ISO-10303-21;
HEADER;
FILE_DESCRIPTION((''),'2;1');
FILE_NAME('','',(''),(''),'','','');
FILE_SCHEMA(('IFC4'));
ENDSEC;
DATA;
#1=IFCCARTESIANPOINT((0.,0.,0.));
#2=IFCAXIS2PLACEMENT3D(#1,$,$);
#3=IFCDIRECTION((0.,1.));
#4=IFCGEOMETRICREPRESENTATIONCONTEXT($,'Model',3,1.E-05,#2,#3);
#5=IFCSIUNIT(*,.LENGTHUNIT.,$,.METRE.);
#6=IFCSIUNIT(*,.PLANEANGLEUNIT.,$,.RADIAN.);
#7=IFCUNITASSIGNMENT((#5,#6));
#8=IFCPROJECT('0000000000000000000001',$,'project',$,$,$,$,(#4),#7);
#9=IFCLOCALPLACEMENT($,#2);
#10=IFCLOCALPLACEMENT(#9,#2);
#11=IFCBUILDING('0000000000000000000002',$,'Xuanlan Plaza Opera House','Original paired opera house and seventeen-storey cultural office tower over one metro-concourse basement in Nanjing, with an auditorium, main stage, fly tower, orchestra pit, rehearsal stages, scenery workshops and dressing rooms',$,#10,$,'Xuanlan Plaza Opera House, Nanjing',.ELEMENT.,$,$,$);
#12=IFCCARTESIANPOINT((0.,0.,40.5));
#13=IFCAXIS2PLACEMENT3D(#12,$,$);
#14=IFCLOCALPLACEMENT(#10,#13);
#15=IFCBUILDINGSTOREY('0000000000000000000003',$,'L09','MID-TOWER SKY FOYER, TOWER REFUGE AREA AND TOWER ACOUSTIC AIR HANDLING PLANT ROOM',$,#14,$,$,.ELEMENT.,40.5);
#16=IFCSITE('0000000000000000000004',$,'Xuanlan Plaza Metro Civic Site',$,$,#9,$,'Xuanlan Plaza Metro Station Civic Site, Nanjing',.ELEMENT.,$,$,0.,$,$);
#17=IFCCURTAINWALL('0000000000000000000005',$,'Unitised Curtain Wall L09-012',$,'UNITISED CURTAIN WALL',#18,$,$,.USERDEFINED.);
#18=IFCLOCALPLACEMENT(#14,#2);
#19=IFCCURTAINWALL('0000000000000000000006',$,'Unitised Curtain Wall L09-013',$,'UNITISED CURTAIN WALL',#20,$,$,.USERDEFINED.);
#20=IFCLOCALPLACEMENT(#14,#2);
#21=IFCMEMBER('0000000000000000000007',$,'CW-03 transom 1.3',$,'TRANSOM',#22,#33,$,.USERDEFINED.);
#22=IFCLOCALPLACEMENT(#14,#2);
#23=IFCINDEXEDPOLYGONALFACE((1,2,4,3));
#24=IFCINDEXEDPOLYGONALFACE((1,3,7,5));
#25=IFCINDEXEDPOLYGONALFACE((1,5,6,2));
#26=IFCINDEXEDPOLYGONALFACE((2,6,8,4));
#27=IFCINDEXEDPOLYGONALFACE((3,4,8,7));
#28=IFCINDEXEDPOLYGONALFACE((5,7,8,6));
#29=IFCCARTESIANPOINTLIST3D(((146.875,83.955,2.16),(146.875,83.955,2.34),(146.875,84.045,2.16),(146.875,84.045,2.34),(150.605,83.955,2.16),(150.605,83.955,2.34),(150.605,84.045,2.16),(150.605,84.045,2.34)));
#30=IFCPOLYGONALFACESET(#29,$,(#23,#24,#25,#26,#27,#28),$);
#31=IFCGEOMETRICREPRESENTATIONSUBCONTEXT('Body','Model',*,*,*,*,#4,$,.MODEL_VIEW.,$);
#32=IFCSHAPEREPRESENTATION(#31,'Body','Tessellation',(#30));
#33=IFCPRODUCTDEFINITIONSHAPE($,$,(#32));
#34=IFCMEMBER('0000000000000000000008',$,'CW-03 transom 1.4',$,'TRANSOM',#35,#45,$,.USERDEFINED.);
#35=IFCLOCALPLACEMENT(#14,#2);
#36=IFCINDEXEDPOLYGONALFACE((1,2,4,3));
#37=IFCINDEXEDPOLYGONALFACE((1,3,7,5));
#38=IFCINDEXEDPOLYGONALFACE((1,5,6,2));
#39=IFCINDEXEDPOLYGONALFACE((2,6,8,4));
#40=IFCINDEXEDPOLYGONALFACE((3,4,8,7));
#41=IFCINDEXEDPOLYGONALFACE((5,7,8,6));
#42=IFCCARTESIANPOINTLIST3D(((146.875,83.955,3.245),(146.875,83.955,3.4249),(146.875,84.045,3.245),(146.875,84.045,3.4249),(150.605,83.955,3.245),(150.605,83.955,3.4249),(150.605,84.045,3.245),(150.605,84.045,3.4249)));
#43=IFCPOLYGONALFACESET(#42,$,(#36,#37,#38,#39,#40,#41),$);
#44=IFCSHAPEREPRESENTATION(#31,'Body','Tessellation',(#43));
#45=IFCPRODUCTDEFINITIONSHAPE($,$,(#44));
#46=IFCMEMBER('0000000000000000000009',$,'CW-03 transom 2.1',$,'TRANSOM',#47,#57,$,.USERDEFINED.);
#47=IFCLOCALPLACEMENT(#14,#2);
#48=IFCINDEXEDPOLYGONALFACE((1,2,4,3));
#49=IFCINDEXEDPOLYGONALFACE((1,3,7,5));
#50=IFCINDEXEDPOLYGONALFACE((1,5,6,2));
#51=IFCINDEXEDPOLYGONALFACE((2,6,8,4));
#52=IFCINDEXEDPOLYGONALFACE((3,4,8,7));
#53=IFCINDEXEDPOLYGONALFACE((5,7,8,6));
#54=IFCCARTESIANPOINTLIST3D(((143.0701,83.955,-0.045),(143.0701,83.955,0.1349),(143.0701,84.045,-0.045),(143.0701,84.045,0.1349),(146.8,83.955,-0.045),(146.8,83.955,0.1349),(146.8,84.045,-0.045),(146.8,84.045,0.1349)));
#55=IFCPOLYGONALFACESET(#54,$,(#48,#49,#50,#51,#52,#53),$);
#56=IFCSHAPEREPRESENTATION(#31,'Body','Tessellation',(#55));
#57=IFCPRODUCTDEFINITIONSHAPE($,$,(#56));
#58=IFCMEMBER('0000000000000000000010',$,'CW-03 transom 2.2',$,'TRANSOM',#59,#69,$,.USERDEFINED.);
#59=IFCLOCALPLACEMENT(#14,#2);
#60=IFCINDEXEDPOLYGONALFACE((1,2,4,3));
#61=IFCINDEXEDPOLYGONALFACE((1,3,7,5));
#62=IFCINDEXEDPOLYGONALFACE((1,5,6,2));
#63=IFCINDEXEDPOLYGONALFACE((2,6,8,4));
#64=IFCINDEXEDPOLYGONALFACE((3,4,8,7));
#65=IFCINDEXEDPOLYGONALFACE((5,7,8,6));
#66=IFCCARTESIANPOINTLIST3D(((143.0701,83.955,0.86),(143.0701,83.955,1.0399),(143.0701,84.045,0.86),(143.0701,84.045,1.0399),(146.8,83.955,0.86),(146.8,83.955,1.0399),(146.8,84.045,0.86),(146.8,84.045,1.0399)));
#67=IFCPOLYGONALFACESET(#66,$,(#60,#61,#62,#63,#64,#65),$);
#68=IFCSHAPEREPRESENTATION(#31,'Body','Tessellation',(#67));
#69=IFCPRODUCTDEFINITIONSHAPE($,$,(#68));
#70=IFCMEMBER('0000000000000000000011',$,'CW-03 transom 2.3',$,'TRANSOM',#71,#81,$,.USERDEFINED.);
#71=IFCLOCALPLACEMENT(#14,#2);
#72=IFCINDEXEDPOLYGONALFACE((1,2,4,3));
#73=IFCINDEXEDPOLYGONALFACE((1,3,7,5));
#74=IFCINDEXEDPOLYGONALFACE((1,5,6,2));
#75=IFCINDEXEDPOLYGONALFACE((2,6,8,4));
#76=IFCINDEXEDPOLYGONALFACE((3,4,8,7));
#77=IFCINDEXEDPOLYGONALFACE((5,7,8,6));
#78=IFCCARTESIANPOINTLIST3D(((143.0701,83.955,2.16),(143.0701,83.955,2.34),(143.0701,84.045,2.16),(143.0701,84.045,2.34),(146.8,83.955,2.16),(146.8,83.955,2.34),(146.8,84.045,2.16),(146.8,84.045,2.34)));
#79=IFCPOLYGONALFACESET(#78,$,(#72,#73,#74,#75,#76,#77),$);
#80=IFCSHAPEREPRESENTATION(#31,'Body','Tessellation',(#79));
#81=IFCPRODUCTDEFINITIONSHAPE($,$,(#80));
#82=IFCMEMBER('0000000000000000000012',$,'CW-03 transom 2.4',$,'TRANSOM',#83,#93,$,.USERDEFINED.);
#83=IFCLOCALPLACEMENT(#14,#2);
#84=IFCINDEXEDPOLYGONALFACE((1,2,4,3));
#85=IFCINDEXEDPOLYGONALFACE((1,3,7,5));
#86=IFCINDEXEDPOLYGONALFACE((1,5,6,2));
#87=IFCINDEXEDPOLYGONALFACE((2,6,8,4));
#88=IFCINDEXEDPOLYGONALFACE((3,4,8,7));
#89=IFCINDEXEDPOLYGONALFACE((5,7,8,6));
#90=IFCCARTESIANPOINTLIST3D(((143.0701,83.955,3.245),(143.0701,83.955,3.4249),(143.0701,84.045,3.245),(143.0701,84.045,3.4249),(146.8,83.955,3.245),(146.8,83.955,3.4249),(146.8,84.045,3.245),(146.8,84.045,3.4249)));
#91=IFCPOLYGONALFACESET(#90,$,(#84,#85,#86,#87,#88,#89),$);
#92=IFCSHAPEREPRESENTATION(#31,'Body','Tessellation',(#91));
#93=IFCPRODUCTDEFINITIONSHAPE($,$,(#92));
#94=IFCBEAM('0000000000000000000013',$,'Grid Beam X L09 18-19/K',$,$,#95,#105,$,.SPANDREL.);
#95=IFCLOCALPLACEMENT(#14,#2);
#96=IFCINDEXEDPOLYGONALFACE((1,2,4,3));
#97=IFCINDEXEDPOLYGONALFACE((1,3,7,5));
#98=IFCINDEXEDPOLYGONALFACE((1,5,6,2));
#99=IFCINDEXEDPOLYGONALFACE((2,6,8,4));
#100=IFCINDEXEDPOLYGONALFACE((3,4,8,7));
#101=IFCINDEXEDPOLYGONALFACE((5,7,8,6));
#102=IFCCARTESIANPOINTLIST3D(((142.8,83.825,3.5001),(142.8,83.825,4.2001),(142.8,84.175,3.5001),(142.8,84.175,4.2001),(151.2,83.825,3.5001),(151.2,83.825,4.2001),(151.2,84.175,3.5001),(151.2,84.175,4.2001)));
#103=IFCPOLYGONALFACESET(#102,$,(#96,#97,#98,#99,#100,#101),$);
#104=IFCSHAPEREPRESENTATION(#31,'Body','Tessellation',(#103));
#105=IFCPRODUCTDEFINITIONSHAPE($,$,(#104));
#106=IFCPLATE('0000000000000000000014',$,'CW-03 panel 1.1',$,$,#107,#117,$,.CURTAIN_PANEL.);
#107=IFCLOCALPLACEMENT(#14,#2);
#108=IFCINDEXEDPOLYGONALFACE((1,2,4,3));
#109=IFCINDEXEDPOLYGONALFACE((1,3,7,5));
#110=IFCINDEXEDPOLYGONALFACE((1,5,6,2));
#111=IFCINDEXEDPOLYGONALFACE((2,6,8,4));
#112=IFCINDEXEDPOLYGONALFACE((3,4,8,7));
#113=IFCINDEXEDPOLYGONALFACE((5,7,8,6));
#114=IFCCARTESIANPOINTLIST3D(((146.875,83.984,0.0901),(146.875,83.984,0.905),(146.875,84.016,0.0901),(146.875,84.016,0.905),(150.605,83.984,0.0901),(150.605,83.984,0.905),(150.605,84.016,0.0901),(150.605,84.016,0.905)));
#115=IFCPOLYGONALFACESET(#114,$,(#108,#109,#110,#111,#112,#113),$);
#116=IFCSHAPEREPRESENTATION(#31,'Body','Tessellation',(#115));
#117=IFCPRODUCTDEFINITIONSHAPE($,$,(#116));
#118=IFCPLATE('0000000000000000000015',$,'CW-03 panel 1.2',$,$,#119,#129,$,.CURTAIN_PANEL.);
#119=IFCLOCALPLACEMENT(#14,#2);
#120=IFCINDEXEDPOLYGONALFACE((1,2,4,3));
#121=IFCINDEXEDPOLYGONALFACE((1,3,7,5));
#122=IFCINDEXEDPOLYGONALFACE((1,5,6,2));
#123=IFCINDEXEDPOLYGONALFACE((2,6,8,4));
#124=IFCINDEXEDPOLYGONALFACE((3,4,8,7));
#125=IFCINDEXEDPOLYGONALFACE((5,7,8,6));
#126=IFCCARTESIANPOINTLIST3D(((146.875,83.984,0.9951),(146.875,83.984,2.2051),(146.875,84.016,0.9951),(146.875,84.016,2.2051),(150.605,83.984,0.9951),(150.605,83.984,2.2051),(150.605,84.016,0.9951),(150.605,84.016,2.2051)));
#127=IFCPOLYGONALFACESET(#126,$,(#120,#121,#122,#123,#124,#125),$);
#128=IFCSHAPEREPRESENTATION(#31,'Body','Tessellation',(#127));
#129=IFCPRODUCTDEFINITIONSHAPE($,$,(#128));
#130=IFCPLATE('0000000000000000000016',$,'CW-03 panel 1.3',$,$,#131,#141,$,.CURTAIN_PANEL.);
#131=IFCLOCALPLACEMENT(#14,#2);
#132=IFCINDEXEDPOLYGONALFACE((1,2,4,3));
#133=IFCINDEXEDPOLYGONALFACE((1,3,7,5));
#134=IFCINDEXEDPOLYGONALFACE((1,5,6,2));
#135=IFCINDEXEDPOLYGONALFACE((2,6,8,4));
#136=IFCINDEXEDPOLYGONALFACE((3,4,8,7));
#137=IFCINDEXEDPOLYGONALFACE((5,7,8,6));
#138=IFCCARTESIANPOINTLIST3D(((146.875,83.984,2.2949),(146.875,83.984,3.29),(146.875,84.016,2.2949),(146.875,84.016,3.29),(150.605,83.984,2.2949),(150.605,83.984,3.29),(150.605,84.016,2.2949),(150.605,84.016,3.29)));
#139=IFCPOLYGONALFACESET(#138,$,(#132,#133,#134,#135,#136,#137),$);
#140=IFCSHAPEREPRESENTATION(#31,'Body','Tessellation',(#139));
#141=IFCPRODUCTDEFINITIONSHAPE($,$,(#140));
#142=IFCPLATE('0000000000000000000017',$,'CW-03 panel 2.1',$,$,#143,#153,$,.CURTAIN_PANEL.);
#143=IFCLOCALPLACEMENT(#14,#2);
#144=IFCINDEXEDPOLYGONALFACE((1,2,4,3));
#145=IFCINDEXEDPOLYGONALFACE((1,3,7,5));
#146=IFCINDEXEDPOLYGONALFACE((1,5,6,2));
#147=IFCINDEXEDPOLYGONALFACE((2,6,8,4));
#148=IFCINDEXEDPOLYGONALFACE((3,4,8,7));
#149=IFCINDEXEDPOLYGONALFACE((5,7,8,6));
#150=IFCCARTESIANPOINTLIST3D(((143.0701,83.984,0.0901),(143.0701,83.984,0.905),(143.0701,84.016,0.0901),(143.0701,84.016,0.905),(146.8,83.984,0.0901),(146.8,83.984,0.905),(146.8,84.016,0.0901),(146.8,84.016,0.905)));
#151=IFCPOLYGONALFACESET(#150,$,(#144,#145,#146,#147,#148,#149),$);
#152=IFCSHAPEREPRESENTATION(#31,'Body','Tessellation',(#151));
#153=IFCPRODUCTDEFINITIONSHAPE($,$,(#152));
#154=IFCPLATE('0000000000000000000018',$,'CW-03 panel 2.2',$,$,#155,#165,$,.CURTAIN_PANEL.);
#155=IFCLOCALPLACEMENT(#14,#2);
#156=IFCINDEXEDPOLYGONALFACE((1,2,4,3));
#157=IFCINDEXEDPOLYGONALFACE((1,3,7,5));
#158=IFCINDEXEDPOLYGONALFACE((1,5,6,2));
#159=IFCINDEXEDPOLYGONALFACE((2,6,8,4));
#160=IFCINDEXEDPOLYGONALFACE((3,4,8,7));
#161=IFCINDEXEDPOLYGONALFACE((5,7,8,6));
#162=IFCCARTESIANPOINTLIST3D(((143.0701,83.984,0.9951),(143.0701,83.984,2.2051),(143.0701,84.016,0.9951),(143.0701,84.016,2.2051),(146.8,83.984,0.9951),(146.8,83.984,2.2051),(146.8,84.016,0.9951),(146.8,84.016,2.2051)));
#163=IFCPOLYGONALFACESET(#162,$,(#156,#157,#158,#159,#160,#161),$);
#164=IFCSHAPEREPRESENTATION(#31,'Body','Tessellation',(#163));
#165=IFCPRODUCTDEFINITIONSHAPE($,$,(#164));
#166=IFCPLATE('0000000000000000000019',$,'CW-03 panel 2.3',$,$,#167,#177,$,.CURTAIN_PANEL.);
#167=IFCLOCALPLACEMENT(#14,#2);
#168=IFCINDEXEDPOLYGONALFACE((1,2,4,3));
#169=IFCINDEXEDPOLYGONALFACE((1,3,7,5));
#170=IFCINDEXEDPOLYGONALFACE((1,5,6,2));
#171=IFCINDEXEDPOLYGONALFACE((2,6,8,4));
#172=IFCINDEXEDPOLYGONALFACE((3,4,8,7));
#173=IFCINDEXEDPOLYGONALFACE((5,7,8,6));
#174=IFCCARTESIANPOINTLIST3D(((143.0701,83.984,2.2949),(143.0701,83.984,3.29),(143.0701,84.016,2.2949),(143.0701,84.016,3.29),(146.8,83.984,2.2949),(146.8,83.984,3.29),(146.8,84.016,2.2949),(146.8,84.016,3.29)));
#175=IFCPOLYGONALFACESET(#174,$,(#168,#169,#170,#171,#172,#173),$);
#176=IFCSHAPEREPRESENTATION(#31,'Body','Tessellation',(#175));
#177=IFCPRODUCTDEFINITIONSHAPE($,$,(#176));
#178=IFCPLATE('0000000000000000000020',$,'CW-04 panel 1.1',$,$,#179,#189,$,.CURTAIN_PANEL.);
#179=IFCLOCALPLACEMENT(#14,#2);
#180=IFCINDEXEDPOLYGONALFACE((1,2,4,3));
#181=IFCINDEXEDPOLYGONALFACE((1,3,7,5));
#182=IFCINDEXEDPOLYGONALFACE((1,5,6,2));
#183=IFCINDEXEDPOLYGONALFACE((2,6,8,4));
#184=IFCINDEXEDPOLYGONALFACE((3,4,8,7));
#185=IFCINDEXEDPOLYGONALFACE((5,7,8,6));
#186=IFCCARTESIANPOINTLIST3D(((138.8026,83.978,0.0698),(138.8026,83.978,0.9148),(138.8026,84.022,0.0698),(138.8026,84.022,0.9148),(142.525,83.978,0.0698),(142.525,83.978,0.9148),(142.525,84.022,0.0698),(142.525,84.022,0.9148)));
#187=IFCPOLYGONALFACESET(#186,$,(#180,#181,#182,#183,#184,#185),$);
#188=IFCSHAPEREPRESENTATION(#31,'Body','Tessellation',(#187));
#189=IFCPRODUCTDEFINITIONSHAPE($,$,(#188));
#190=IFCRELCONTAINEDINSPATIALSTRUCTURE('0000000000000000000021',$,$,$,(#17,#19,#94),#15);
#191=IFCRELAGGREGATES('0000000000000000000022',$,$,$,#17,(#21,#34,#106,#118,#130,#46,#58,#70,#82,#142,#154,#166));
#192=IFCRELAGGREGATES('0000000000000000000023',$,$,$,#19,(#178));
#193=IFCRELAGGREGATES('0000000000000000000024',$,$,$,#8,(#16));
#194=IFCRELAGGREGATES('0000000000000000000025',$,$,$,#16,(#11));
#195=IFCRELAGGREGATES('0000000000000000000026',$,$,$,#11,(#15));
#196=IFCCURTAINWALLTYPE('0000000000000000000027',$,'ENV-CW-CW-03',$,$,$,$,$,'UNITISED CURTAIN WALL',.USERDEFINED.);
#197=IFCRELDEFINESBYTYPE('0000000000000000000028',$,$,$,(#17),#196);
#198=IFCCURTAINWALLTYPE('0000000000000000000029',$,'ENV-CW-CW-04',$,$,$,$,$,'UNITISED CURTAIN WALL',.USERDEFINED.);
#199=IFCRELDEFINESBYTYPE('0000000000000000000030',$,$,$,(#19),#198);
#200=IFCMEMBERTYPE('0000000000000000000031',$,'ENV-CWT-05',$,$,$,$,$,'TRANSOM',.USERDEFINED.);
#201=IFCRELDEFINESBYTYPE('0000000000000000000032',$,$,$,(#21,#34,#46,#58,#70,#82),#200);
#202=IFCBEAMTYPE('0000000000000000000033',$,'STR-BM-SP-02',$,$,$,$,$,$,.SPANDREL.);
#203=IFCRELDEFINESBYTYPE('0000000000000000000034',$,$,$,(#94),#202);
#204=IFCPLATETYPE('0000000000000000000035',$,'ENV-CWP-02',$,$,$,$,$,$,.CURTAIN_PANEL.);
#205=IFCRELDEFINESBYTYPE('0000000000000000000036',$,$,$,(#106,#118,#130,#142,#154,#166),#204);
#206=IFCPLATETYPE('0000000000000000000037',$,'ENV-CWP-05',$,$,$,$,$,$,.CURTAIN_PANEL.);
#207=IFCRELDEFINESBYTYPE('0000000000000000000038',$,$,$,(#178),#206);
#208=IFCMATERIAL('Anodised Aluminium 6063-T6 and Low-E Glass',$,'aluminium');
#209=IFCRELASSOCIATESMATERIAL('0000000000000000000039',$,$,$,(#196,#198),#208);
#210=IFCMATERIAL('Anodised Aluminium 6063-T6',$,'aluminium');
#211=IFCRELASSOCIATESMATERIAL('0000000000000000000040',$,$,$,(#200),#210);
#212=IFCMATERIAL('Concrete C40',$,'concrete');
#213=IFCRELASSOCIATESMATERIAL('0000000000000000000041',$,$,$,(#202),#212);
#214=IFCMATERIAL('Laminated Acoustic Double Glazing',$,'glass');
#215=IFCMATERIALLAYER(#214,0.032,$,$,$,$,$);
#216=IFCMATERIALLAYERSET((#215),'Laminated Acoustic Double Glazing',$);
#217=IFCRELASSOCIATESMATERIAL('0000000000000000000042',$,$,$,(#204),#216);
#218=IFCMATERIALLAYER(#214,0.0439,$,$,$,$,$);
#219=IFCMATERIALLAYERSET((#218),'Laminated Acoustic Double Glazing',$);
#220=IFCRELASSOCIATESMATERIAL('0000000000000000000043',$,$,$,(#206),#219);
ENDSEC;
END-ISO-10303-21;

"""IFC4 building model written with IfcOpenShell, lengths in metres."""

from ifc_helpers import new_model, si_unit, direction, frame, origin, origin_2d, place, context, subcontext, project, spatial, rectangle, extrude, material, layer, layer_set, material_profile, profile_set, type_object, element, aggregate, save


model = new_model("IFC4")

# Units and contexts
model_context = context("Model", 3, precision=1e-05, world=origin(), true_north=direction((0.0, 1.0)))
body_context = subcontext(model_context, "Body", "Model", "MODEL_VIEW")
ifc_project = project(units=[si_unit("LENGTHUNIT", "METRE"), si_unit("PLANEANGLEUNIT", "RADIAN")], contexts=[model_context])

# Site, building, storey
site_placement = place(None, origin())
site = spatial("IfcSite", under=ifc_project, at=site_placement, Name="Xuanlan Plaza Metro Civic Site", LongName="Xuanlan Plaza Metro Station Civic Site, Nanjing", CompositionType="ELEMENT", RefElevation=0.0)
building_placement = place(site_placement, origin())
building = spatial("IfcBuilding", under=site, at=building_placement, Name="Xuanlan Plaza Opera House", Description="Original paired opera house and seventeen-storey cultural office tower over one metro-concourse basement in Nanjing, with an auditorium, main stage, fly tower, orchestra pit, rehearsal stages, scenery workshops and dressing rooms", LongName="Xuanlan Plaza Opera House, Nanjing", CompositionType="ELEMENT")
storey_placement = place(building_placement, frame((0.0, 0.0, 40.5)))
storey = spatial("IfcBuildingStorey", under=building, at=storey_placement, Name="L09", Description="MID-TOWER SKY FOYER, TOWER REFUGE AREA AND TOWER ACOUSTIC AIR HANDLING PLANT ROOM", CompositionType="ELEMENT", Elevation=40.5)

# Curtain walls
ifc_material_1 = material(Name="Anodised Aluminium 6063-T6 and Low-E Glass", Category="aluminium")
curtain_wall_type_1 = type_object("IfcCurtainWallType", Name="ENV-CW-CW-03", ElementType="UNITISED CURTAIN WALL", PredefinedType="USERDEFINED", material=ifc_material_1)
curtain_wall_1_placement = place(storey_placement, origin())
curtain_wall_1 = element("IfcCurtainWall", 1, at=curtain_wall_1_placement, inside=storey, type_object=curtain_wall_type_1, Name="Unitised Curtain Wall L09-012", ObjectType="UNITISED CURTAIN WALL", PredefinedType="USERDEFINED")
ifc_material_2 = material(Name="Anodised Aluminium 6063-T6", Category="aluminium")
curtain_wall_type_2 = type_object("IfcCurtainWallType", Name="ENV-CW-CW-04", ElementType="UNITISED CURTAIN WALL", PredefinedType="USERDEFINED", material=ifc_material_1)
curtain_wall_2_placement = place(storey_placement, origin())
curtain_wall_2 = element("IfcCurtainWall", 2, at=curtain_wall_2_placement, inside=storey, type_object=curtain_wall_type_2, Name="Unitised Curtain Wall L09-013", ObjectType="UNITISED CURTAIN WALL", PredefinedType="USERDEFINED")

# Members
ifc_material_profile_1 = material_profile(ifc_material_2, rectangle(XDim=0.0901, YDim=0.1799, at=origin_2d()), Name="ALU-T 90x180")
ifc_profile_set_1 = profile_set([ifc_material_profile_1], Name="Anodised Aluminium 6063-T6")
member_type_1 = type_object("IfcMemberType", Name="ENV-CWT-05", ElementType="TRANSOM", PredefinedType="USERDEFINED", material=ifc_profile_set_1)
member_1_placement = place(storey_placement, frame((150.605, 84.0, 2.25), z_axis=(-1.0, 0.0, 0.0), x_axis=(0.0, -1.0, 0.0)))
member_1 = element("IfcMember", 3, at=member_1_placement, type_object=member_type_1, Name="CW-03 transom 1.3", ObjectType="TRANSOM", PredefinedType="USERDEFINED", context=body_context, shape_type="SweptSolid", body=[
    extrude(rectangle(XDim=0.0901, YDim=0.1799, at=origin_2d()), origin(), (0.0, 0.0, 1.0), 3.73),
])
member_2_placement = place(storey_placement, frame((150.605, 84.0, 3.335), z_axis=(-1.0, 0.0, 0.0), x_axis=(0.0, -1.0, 0.0)))
member_2 = element("IfcMember", 4, at=member_2_placement, type_object=member_type_1, Name="CW-03 transom 1.4", ObjectType="TRANSOM", PredefinedType="USERDEFINED", context=body_context, shape_type="SweptSolid", body=[
    extrude(rectangle(XDim=0.0901, YDim=0.1799, at=origin_2d()), origin(), (0.0, 0.0, 1.0), 3.73),
])
member_3_placement = place(storey_placement, frame((146.8, 84.0, 0.0449), z_axis=(-1.0, 0.0, 0.0), x_axis=(0.0, -1.0, 0.0)))
member_3 = element("IfcMember", 5, at=member_3_placement, type_object=member_type_1, Name="CW-03 transom 2.1", ObjectType="TRANSOM", PredefinedType="USERDEFINED", context=body_context, shape_type="SweptSolid", body=[
    extrude(rectangle(XDim=0.0901, YDim=0.1799, at=origin_2d()), origin(), (0.0, 0.0, 1.0), 3.73),
])
member_4_placement = place(storey_placement, frame((146.8, 84.0, 0.95), z_axis=(-1.0, 0.0, 0.0), x_axis=(0.0, -1.0, 0.0)))
member_4 = element("IfcMember", 6, at=member_4_placement, type_object=member_type_1, Name="CW-03 transom 2.2", ObjectType="TRANSOM", PredefinedType="USERDEFINED", context=body_context, shape_type="SweptSolid", body=[
    extrude(rectangle(XDim=0.0901, YDim=0.1799, at=origin_2d()), origin(), (0.0, 0.0, 1.0), 3.73),
])
member_5_placement = place(storey_placement, frame((146.8, 84.0, 2.25), z_axis=(-1.0, 0.0, 0.0), x_axis=(0.0, -1.0, 0.0)))
member_5 = element("IfcMember", 7, at=member_5_placement, type_object=member_type_1, Name="CW-03 transom 2.3", ObjectType="TRANSOM", PredefinedType="USERDEFINED", context=body_context, shape_type="SweptSolid", body=[
    extrude(rectangle(XDim=0.0901, YDim=0.1799, at=origin_2d()), origin(), (0.0, 0.0, 1.0), 3.73),
])
member_6_placement = place(storey_placement, frame((146.8, 84.0, 3.335), z_axis=(-1.0, 0.0, 0.0), x_axis=(0.0, -1.0, 0.0)))
member_6 = element("IfcMember", 8, at=member_6_placement, type_object=member_type_1, Name="CW-03 transom 2.4", ObjectType="TRANSOM", PredefinedType="USERDEFINED", context=body_context, shape_type="SweptSolid", body=[
    extrude(rectangle(XDim=0.0901, YDim=0.1799, at=origin_2d()), origin(), (0.0, 0.0, 1.0), 3.73),
])

# Beam
ifc_material_3 = material(Name="Concrete C40", Category="concrete")
ifc_material_profile_2 = material_profile(ifc_material_3, rectangle(XDim=0.3501, YDim=0.7, at=origin_2d()), Name="RC-SPD 350x700")
ifc_profile_set_2 = profile_set([ifc_material_profile_2], Name="Concrete C40")
beam_type = type_object("IfcBeamType", Name="STR-BM-SP-02", PredefinedType="SPANDREL", material=ifc_profile_set_2)
beam_placement = place(storey_placement, frame((142.8, 84.0, 3.8501), z_axis=(1.0, 0.0, 0.0), x_axis=(0.0, 1.0, 0.0)))
element("IfcBeam", 9, at=beam_placement, inside=storey, type_object=beam_type, Name="Grid Beam X L09 18-19/K", PredefinedType="SPANDREL", context=body_context, shape_type="SweptSolid", body=[
    extrude(rectangle(XDim=0.3501, YDim=0.7, at=origin_2d()), origin(), (0.0, 0.0, 1.0), 8.3999),
])

# Plates
ifc_material_4 = material(Name="Laminated Acoustic Double Glazing", Category="glass")
ifc_layer_1 = layer(ifc_material_4, 0.032)
ifc_layer_set_1 = layer_set([ifc_layer_1], Name="Laminated Acoustic Double Glazing")
plate_type_1 = type_object("IfcPlateType", Name="ENV-CWP-02", PredefinedType="CURTAIN_PANEL", material=ifc_layer_set_1)
plate_1_placement = place(storey_placement, frame((148.74, 84.0, 0.0901), z_axis=(0.0, 0.0, 1.0), x_axis=(-1.0, 0.0, 0.0)))
plate_1 = element("IfcPlate", 10, at=plate_1_placement, type_object=plate_type_1, Name="CW-03 panel 1.1", PredefinedType="CURTAIN_PANEL", context=body_context, shape_type="SweptSolid", body=[
    extrude(rectangle(XDim=3.73, YDim=0.032, at=origin_2d()), origin(), (0.0, 0.0, 1.0), 0.8149),
])
plate_2_placement = place(storey_placement, frame((148.74, 84.0, 0.9951), z_axis=(0.0, 0.0, 1.0), x_axis=(-1.0, 0.0, 0.0)))
plate_2 = element("IfcPlate", 11, at=plate_2_placement, type_object=plate_type_1, Name="CW-03 panel 1.2", PredefinedType="CURTAIN_PANEL", context=body_context, shape_type="SweptSolid", body=[
    extrude(rectangle(XDim=3.73, YDim=0.032, at=origin_2d()), origin(), (0.0, 0.0, 1.0), 1.21),
])
plate_3_placement = place(storey_placement, frame((148.74, 84.0, 2.2949), z_axis=(0.0, 0.0, 1.0), x_axis=(-1.0, 0.0, 0.0)))
plate_3 = element("IfcPlate", 12, at=plate_3_placement, type_object=plate_type_1, Name="CW-03 panel 1.3", PredefinedType="CURTAIN_PANEL", context=body_context, shape_type="SweptSolid", body=[
    extrude(rectangle(XDim=3.73, YDim=0.032, at=origin_2d()), origin(), (0.0, 0.0, 1.0), 0.9951),
])
plate_4_placement = place(storey_placement, frame((144.9351, 84.0, 0.0901), z_axis=(0.0, 0.0, 1.0), x_axis=(-1.0, 0.0, 0.0)))
plate_4 = element("IfcPlate", 13, at=plate_4_placement, type_object=plate_type_1, Name="CW-03 panel 2.1", PredefinedType="CURTAIN_PANEL", context=body_context, shape_type="SweptSolid", body=[
    extrude(rectangle(XDim=3.73, YDim=0.032, at=origin_2d()), origin(), (0.0, 0.0, 1.0), 0.8149),
])
plate_5_placement = place(storey_placement, frame((144.9351, 84.0, 0.9951), z_axis=(0.0, 0.0, 1.0), x_axis=(-1.0, 0.0, 0.0)))
plate_5 = element("IfcPlate", 14, at=plate_5_placement, type_object=plate_type_1, Name="CW-03 panel 2.2", PredefinedType="CURTAIN_PANEL", context=body_context, shape_type="SweptSolid", body=[
    extrude(rectangle(XDim=3.73, YDim=0.032, at=origin_2d()), origin(), (0.0, 0.0, 1.0), 1.21),
])
plate_6_placement = place(storey_placement, frame((144.9351, 84.0, 2.2949), z_axis=(0.0, 0.0, 1.0), x_axis=(-1.0, 0.0, 0.0)))
plate_6 = element("IfcPlate", 15, at=plate_6_placement, type_object=plate_type_1, Name="CW-03 panel 2.3", PredefinedType="CURTAIN_PANEL", context=body_context, shape_type="SweptSolid", body=[
    extrude(rectangle(XDim=3.73, YDim=0.032, at=origin_2d()), origin(), (0.0, 0.0, 1.0), 0.9951),
])
aggregate(curtain_wall_1, [member_1, member_2, plate_1, plate_2, plate_3, member_3, member_4, member_5, member_6, plate_4, plate_5, plate_6])
ifc_layer_2 = layer(ifc_material_4, 0.0439)
ifc_layer_set_2 = layer_set([ifc_layer_2], Name="Laminated Acoustic Double Glazing")
plate_type_2 = type_object("IfcPlateType", Name="ENV-CWP-05", PredefinedType="CURTAIN_PANEL", material=ifc_layer_set_2)
plate_7_placement = place(storey_placement, frame((140.6638, 84.0, 0.0698), z_axis=(0.0, 0.0, 1.0), x_axis=(-1.0, 0.0, 0.0)))
plate_7 = element("IfcPlate", 16, at=plate_7_placement, type_object=plate_type_2, Name="CW-04 panel 1.1", PredefinedType="CURTAIN_PANEL", context=body_context, shape_type="SweptSolid", body=[
    extrude(rectangle(XDim=3.7224, YDim=0.0439, at=origin_2d()), origin(), (0.0, 0.0, 1.0), 0.845),
])
aggregate(curtain_wall_2, [plate_7])

save(model, "model.ifc")
